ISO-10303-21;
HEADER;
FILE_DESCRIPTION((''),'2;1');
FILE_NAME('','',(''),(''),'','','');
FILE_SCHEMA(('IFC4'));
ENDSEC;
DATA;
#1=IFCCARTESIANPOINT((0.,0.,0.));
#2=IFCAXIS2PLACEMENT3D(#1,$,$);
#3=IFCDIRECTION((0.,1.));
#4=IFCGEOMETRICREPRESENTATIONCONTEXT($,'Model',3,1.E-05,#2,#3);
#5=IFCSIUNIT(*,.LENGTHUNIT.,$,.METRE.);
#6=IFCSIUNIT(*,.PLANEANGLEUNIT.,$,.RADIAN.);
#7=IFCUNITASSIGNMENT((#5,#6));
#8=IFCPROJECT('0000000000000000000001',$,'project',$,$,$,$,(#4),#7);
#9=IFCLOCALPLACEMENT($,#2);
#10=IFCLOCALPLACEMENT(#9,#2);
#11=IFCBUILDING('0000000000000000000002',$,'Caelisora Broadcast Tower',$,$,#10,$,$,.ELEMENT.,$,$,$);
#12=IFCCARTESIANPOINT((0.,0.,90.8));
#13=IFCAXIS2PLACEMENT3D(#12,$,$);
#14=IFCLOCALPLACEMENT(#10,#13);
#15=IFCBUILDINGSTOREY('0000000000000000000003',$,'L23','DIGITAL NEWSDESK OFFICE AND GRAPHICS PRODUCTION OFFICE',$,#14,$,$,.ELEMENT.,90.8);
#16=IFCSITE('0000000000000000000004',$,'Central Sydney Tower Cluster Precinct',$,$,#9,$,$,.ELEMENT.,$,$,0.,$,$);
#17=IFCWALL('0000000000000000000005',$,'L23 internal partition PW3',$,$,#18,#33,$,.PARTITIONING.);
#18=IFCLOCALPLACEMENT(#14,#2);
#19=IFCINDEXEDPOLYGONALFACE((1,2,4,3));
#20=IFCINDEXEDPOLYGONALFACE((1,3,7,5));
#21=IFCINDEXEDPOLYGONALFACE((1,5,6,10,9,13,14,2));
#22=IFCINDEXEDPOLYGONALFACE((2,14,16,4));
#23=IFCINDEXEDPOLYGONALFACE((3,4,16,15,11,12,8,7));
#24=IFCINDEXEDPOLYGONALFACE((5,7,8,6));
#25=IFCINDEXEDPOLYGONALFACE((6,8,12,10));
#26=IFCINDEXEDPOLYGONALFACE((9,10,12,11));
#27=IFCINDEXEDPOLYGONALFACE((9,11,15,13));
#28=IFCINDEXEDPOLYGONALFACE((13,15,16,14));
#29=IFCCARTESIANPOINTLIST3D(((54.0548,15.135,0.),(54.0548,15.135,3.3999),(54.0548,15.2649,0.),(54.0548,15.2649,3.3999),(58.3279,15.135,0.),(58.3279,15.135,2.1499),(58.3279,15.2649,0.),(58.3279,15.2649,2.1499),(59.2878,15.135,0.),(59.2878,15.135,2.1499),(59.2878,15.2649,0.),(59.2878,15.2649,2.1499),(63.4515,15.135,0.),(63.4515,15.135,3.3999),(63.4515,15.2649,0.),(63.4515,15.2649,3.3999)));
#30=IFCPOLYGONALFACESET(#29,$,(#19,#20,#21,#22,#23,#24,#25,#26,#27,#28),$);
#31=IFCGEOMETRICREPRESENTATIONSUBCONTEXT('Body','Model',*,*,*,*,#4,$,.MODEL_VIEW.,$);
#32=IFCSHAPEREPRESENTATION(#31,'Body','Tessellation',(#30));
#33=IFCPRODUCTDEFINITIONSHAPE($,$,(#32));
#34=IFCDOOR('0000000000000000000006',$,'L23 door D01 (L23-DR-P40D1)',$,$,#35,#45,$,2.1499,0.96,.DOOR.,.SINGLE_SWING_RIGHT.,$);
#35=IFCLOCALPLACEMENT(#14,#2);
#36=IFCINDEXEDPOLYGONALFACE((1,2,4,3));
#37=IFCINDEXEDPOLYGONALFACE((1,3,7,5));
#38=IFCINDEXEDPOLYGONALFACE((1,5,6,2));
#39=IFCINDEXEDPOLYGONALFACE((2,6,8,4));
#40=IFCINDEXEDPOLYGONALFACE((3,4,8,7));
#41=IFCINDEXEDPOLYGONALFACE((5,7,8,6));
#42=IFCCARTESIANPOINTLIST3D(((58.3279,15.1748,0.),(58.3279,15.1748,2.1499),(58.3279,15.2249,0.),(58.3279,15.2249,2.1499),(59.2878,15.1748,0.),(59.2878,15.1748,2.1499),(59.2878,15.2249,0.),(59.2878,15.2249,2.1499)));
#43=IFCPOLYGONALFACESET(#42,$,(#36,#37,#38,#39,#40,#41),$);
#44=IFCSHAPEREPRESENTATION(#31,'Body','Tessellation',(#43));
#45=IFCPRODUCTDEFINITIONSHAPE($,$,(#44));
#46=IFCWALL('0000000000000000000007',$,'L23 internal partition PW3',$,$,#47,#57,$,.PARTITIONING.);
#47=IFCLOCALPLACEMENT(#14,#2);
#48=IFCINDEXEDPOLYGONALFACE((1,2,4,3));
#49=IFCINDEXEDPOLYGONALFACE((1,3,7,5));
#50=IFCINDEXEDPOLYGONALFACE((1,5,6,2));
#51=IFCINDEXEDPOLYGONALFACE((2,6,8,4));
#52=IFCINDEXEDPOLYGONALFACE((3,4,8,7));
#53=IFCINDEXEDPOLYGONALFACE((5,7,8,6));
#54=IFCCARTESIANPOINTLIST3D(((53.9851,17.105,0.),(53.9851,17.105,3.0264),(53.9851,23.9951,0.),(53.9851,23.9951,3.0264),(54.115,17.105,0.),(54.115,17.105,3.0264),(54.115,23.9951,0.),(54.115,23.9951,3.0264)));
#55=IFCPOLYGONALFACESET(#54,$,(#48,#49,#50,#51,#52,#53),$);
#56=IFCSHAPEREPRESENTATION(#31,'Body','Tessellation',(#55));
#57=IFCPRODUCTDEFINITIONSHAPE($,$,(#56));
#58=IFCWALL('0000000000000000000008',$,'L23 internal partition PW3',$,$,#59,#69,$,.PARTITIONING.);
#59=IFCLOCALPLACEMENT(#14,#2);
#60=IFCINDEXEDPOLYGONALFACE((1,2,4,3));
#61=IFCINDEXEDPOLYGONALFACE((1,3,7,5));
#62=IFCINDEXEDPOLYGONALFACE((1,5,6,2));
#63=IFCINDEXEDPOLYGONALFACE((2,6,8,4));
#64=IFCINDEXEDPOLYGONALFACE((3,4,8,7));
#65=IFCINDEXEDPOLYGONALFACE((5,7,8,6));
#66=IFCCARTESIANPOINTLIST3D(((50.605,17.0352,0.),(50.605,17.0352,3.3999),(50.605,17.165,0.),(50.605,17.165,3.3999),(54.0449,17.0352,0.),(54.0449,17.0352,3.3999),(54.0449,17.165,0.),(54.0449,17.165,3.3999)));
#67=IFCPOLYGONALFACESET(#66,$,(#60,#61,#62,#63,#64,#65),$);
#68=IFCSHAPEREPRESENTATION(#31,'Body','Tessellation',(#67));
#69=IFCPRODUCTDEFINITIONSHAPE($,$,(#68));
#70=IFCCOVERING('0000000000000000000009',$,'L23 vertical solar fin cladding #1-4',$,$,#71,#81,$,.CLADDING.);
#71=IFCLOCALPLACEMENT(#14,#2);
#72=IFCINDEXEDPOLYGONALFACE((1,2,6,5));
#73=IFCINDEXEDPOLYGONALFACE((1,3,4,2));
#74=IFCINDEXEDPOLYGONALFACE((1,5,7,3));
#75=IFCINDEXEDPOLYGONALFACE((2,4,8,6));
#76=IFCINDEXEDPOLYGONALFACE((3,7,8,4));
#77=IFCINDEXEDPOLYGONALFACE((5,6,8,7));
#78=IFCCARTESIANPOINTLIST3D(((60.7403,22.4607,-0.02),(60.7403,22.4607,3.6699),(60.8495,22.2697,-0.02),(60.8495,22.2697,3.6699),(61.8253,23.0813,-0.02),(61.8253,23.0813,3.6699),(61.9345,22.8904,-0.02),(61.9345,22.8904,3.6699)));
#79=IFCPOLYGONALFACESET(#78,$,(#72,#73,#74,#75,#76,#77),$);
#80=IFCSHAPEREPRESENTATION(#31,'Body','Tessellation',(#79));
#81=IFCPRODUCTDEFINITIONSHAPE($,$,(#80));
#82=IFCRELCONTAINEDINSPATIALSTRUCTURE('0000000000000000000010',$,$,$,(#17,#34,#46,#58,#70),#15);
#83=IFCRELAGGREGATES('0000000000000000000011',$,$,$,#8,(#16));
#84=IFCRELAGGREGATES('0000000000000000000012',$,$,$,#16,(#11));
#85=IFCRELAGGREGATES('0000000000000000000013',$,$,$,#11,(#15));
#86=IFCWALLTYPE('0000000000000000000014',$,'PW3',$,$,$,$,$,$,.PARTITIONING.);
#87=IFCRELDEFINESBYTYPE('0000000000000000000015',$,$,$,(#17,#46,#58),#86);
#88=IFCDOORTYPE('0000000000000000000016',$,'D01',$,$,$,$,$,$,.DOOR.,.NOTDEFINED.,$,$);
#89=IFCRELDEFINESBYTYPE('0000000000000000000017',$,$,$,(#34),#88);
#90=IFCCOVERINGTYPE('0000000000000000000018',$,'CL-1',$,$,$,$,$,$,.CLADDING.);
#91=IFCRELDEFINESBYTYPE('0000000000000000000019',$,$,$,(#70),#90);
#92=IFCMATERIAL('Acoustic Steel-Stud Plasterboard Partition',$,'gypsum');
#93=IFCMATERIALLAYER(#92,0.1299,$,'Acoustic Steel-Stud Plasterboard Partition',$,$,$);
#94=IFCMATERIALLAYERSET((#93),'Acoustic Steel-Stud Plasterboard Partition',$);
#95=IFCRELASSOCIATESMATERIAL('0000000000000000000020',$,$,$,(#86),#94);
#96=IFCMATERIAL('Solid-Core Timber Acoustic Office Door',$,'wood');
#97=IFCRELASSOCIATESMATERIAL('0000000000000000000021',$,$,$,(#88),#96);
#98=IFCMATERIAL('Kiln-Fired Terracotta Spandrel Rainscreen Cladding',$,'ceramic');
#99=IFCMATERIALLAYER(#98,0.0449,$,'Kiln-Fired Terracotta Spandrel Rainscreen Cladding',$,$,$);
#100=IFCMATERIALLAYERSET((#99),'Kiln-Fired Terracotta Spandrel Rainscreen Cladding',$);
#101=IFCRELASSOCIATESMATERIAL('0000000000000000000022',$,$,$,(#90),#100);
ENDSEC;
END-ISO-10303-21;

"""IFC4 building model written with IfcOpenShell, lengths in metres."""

from ifc_helpers import new_model, si_unit, direction, frame, frame_2d, origin, origin_2d, place, context, subcontext, project, spatial, rectangle, extrude, source, transform, mapped, material, layer, layer_set, type_object, type_shapes, element, fill, save


model = new_model("IFC4")

# Units and contexts
model_context = context("Model", 3, precision=1e-05, world=origin(), true_north=direction((0.0, 1.0)))
body_context = subcontext(model_context, "Body", "Model", "MODEL_VIEW")
ifc_project = project(units=[si_unit("LENGTHUNIT", "METRE"), si_unit("PLANEANGLEUNIT", "RADIAN")], contexts=[model_context])

# Site, building, storey
site_placement = place(None, origin())
site = spatial("IfcSite", under=ifc_project, at=site_placement, Name="Central Sydney Tower Cluster Precinct", CompositionType="ELEMENT", RefElevation=0.0)
building_placement = place(site_placement, origin())
building = spatial("IfcBuilding", under=site, at=building_placement, Name="Caelisora Broadcast Tower", CompositionType="ELEMENT")
storey_placement = place(building_placement, frame((0.0, 0.0, 90.8)))
storey = spatial("IfcBuildingStorey", under=building, at=storey_placement, Name="L23", Description="DIGITAL NEWSDESK OFFICE AND GRAPHICS PRODUCTION OFFICE", CompositionType="ELEMENT", Elevation=90.8)

# Shared definitions
ifc_material_1 = material(Name="Acoustic Steel-Stud Plasterboard Partition", Category="gypsum")
ifc_layer_1 = layer(ifc_material_1, 0.1299, Name="Acoustic Steel-Stud Plasterboard Partition")
ifc_layer_set_1 = layer_set([ifc_layer_1], Name="Acoustic Steel-Stud Plasterboard Partition")
wall_type_1 = type_object("IfcWallType", Name="PW3", PredefinedType="PARTITIONING", material=ifc_layer_set_1)

# Wall, opening, door
ifc_material_2 = material(Name="Solid-Core Timber Acoustic Office Door", Category="wood")
door_type = type_object("IfcDoorType", Name="D01", OperationType="NOTDEFINED", PredefinedType="DOOR", material=ifc_material_2)
wall_1_placement = place(storey_placement, frame((54.0549, 15.2, 0.0), z_axis=(0.0, 0.0, 1.0), x_axis=(1.0, 0.0, 0.0)))
wall_1 = element("IfcWall", 1, at=wall_1_placement, inside=storey, type_object=wall_type_1, Name="L23 internal partition PW3", PredefinedType="PARTITIONING", context=body_context, shape_type="SweptSolid", body=[
    extrude(rectangle(XDim=9.3967, YDim=0.1299, at=frame_2d((4.6982, 0.0))), origin(), (0.0, 0.0, 1.0), 3.3999),
])
opening_1_placement = place(wall_1_placement, frame((4.2729, 0.0, 0.0)))
opening_1 = element("IfcOpeningElement", 2, at=opening_1_placement, cuts=wall_1, PredefinedType="OPENING", context=body_context, shape_type="SweptSolid", body=[
    extrude(rectangle(XDim=0.96, YDim=2.1499, at=frame_2d((0.48, 1.075))), frame((0.0, 0.0769, 0.0), z_axis=(0.0, -1.0, 0.0), x_axis=(1.0, 0.0, 0.0)), (0.0, 0.0, 1.0), 0.1538),
])
door_1_placement = place(opening_1_placement, origin())
door_1 = element("IfcDoor", 3, at=door_1_placement, inside=storey, type_object=door_type, Name="L23 door D01 (L23-DR-P40D1)", OperationType="SINGLE_SWING_RIGHT", OverallHeight=2.1499, OverallWidth=0.96, PredefinedType="DOOR", context=body_context, shape_type="SweptSolid", body=[
    extrude(rectangle(XDim=0.96, YDim=2.1499, at=frame_2d((0.48, 1.075))), frame((0.0, 0.0249, 0.0), z_axis=(0.0, -1.0, 0.0), x_axis=(1.0, 0.0, 0.0)), (0.0, 0.0, 1.0), 0.05),
])
fill(opening_1, door_1)

# Walls
wall_2_placement = place(storey_placement, frame((54.05, 17.105, 0.0), z_axis=(0.0, 0.0, 1.0), x_axis=(0.0, 1.0, 0.0)))
element("IfcWall", 4, at=wall_2_placement, inside=storey, type_object=wall_type_1, Name="L23 internal partition PW3", PredefinedType="PARTITIONING", context=body_context, shape_type="SweptSolid", body=[
    extrude(rectangle(XDim=6.8901, YDim=0.1299, at=frame_2d((3.4451, 0.0))), origin(), (0.0, 0.0, 1.0), 3.0264),
])
wall_3_placement = place(storey_placement, frame((54.0449, 17.1001, 0.0), z_axis=(0.0, 0.0, 1.0), x_axis=(-1.0, 0.0, 0.0)))
element("IfcWall", 5, at=wall_3_placement, inside=storey, type_object=wall_type_1, Name="L23 internal partition PW3", PredefinedType="PARTITIONING", context=body_context, shape_type="SweptSolid", body=[
    extrude(rectangle(XDim=3.4399, YDim=0.1299, at=frame_2d((1.72, 0.0))), origin(), (0.0, 0.0, 1.0), 3.3999),
])

# Covering
ifc_material_3 = material(Name="Kiln-Fired Terracotta Spandrel Rainscreen Cladding", Category="ceramic")
ifc_layer_2 = layer(ifc_material_3, 0.0449, Name="Kiln-Fired Terracotta Spandrel Rainscreen Cladding")
ifc_layer_set_2 = layer_set([ifc_layer_2], Name="Kiln-Fired Terracotta Spandrel Rainscreen Cladding")
covering_type = type_object("IfcCoveringType", Name="CL-1", PredefinedType="CLADDING", material=ifc_layer_set_2)
shared_shape_1 = source(origin(), body_context, "Body", "SweptSolid", [
    extrude(rectangle(XDim=0.22, YDim=1.25, at=origin_2d()), origin(), (0.0, 0.0, 1.0), 3.6899),
])
type_shapes(covering_type, [shared_shape_1])
covering_placement = place(storey_placement, frame((61.3374, 22.6755, -0.02), z_axis=(0.0, 0.0, 1.0), x_axis=(0.49652, -0.868026, 0.0)))
element("IfcCovering", 6, at=covering_placement, inside=storey, type_object=covering_type, Name="L23 vertical solar fin cladding #1-4", PredefinedType="CLADDING", context=body_context, shape_type="MappedRepresentation", body=[
    mapped(shared_shape_1, transform((0.0, 0.0, 0.0), scale=1.0)),
])

save(model, "model.ifc")
